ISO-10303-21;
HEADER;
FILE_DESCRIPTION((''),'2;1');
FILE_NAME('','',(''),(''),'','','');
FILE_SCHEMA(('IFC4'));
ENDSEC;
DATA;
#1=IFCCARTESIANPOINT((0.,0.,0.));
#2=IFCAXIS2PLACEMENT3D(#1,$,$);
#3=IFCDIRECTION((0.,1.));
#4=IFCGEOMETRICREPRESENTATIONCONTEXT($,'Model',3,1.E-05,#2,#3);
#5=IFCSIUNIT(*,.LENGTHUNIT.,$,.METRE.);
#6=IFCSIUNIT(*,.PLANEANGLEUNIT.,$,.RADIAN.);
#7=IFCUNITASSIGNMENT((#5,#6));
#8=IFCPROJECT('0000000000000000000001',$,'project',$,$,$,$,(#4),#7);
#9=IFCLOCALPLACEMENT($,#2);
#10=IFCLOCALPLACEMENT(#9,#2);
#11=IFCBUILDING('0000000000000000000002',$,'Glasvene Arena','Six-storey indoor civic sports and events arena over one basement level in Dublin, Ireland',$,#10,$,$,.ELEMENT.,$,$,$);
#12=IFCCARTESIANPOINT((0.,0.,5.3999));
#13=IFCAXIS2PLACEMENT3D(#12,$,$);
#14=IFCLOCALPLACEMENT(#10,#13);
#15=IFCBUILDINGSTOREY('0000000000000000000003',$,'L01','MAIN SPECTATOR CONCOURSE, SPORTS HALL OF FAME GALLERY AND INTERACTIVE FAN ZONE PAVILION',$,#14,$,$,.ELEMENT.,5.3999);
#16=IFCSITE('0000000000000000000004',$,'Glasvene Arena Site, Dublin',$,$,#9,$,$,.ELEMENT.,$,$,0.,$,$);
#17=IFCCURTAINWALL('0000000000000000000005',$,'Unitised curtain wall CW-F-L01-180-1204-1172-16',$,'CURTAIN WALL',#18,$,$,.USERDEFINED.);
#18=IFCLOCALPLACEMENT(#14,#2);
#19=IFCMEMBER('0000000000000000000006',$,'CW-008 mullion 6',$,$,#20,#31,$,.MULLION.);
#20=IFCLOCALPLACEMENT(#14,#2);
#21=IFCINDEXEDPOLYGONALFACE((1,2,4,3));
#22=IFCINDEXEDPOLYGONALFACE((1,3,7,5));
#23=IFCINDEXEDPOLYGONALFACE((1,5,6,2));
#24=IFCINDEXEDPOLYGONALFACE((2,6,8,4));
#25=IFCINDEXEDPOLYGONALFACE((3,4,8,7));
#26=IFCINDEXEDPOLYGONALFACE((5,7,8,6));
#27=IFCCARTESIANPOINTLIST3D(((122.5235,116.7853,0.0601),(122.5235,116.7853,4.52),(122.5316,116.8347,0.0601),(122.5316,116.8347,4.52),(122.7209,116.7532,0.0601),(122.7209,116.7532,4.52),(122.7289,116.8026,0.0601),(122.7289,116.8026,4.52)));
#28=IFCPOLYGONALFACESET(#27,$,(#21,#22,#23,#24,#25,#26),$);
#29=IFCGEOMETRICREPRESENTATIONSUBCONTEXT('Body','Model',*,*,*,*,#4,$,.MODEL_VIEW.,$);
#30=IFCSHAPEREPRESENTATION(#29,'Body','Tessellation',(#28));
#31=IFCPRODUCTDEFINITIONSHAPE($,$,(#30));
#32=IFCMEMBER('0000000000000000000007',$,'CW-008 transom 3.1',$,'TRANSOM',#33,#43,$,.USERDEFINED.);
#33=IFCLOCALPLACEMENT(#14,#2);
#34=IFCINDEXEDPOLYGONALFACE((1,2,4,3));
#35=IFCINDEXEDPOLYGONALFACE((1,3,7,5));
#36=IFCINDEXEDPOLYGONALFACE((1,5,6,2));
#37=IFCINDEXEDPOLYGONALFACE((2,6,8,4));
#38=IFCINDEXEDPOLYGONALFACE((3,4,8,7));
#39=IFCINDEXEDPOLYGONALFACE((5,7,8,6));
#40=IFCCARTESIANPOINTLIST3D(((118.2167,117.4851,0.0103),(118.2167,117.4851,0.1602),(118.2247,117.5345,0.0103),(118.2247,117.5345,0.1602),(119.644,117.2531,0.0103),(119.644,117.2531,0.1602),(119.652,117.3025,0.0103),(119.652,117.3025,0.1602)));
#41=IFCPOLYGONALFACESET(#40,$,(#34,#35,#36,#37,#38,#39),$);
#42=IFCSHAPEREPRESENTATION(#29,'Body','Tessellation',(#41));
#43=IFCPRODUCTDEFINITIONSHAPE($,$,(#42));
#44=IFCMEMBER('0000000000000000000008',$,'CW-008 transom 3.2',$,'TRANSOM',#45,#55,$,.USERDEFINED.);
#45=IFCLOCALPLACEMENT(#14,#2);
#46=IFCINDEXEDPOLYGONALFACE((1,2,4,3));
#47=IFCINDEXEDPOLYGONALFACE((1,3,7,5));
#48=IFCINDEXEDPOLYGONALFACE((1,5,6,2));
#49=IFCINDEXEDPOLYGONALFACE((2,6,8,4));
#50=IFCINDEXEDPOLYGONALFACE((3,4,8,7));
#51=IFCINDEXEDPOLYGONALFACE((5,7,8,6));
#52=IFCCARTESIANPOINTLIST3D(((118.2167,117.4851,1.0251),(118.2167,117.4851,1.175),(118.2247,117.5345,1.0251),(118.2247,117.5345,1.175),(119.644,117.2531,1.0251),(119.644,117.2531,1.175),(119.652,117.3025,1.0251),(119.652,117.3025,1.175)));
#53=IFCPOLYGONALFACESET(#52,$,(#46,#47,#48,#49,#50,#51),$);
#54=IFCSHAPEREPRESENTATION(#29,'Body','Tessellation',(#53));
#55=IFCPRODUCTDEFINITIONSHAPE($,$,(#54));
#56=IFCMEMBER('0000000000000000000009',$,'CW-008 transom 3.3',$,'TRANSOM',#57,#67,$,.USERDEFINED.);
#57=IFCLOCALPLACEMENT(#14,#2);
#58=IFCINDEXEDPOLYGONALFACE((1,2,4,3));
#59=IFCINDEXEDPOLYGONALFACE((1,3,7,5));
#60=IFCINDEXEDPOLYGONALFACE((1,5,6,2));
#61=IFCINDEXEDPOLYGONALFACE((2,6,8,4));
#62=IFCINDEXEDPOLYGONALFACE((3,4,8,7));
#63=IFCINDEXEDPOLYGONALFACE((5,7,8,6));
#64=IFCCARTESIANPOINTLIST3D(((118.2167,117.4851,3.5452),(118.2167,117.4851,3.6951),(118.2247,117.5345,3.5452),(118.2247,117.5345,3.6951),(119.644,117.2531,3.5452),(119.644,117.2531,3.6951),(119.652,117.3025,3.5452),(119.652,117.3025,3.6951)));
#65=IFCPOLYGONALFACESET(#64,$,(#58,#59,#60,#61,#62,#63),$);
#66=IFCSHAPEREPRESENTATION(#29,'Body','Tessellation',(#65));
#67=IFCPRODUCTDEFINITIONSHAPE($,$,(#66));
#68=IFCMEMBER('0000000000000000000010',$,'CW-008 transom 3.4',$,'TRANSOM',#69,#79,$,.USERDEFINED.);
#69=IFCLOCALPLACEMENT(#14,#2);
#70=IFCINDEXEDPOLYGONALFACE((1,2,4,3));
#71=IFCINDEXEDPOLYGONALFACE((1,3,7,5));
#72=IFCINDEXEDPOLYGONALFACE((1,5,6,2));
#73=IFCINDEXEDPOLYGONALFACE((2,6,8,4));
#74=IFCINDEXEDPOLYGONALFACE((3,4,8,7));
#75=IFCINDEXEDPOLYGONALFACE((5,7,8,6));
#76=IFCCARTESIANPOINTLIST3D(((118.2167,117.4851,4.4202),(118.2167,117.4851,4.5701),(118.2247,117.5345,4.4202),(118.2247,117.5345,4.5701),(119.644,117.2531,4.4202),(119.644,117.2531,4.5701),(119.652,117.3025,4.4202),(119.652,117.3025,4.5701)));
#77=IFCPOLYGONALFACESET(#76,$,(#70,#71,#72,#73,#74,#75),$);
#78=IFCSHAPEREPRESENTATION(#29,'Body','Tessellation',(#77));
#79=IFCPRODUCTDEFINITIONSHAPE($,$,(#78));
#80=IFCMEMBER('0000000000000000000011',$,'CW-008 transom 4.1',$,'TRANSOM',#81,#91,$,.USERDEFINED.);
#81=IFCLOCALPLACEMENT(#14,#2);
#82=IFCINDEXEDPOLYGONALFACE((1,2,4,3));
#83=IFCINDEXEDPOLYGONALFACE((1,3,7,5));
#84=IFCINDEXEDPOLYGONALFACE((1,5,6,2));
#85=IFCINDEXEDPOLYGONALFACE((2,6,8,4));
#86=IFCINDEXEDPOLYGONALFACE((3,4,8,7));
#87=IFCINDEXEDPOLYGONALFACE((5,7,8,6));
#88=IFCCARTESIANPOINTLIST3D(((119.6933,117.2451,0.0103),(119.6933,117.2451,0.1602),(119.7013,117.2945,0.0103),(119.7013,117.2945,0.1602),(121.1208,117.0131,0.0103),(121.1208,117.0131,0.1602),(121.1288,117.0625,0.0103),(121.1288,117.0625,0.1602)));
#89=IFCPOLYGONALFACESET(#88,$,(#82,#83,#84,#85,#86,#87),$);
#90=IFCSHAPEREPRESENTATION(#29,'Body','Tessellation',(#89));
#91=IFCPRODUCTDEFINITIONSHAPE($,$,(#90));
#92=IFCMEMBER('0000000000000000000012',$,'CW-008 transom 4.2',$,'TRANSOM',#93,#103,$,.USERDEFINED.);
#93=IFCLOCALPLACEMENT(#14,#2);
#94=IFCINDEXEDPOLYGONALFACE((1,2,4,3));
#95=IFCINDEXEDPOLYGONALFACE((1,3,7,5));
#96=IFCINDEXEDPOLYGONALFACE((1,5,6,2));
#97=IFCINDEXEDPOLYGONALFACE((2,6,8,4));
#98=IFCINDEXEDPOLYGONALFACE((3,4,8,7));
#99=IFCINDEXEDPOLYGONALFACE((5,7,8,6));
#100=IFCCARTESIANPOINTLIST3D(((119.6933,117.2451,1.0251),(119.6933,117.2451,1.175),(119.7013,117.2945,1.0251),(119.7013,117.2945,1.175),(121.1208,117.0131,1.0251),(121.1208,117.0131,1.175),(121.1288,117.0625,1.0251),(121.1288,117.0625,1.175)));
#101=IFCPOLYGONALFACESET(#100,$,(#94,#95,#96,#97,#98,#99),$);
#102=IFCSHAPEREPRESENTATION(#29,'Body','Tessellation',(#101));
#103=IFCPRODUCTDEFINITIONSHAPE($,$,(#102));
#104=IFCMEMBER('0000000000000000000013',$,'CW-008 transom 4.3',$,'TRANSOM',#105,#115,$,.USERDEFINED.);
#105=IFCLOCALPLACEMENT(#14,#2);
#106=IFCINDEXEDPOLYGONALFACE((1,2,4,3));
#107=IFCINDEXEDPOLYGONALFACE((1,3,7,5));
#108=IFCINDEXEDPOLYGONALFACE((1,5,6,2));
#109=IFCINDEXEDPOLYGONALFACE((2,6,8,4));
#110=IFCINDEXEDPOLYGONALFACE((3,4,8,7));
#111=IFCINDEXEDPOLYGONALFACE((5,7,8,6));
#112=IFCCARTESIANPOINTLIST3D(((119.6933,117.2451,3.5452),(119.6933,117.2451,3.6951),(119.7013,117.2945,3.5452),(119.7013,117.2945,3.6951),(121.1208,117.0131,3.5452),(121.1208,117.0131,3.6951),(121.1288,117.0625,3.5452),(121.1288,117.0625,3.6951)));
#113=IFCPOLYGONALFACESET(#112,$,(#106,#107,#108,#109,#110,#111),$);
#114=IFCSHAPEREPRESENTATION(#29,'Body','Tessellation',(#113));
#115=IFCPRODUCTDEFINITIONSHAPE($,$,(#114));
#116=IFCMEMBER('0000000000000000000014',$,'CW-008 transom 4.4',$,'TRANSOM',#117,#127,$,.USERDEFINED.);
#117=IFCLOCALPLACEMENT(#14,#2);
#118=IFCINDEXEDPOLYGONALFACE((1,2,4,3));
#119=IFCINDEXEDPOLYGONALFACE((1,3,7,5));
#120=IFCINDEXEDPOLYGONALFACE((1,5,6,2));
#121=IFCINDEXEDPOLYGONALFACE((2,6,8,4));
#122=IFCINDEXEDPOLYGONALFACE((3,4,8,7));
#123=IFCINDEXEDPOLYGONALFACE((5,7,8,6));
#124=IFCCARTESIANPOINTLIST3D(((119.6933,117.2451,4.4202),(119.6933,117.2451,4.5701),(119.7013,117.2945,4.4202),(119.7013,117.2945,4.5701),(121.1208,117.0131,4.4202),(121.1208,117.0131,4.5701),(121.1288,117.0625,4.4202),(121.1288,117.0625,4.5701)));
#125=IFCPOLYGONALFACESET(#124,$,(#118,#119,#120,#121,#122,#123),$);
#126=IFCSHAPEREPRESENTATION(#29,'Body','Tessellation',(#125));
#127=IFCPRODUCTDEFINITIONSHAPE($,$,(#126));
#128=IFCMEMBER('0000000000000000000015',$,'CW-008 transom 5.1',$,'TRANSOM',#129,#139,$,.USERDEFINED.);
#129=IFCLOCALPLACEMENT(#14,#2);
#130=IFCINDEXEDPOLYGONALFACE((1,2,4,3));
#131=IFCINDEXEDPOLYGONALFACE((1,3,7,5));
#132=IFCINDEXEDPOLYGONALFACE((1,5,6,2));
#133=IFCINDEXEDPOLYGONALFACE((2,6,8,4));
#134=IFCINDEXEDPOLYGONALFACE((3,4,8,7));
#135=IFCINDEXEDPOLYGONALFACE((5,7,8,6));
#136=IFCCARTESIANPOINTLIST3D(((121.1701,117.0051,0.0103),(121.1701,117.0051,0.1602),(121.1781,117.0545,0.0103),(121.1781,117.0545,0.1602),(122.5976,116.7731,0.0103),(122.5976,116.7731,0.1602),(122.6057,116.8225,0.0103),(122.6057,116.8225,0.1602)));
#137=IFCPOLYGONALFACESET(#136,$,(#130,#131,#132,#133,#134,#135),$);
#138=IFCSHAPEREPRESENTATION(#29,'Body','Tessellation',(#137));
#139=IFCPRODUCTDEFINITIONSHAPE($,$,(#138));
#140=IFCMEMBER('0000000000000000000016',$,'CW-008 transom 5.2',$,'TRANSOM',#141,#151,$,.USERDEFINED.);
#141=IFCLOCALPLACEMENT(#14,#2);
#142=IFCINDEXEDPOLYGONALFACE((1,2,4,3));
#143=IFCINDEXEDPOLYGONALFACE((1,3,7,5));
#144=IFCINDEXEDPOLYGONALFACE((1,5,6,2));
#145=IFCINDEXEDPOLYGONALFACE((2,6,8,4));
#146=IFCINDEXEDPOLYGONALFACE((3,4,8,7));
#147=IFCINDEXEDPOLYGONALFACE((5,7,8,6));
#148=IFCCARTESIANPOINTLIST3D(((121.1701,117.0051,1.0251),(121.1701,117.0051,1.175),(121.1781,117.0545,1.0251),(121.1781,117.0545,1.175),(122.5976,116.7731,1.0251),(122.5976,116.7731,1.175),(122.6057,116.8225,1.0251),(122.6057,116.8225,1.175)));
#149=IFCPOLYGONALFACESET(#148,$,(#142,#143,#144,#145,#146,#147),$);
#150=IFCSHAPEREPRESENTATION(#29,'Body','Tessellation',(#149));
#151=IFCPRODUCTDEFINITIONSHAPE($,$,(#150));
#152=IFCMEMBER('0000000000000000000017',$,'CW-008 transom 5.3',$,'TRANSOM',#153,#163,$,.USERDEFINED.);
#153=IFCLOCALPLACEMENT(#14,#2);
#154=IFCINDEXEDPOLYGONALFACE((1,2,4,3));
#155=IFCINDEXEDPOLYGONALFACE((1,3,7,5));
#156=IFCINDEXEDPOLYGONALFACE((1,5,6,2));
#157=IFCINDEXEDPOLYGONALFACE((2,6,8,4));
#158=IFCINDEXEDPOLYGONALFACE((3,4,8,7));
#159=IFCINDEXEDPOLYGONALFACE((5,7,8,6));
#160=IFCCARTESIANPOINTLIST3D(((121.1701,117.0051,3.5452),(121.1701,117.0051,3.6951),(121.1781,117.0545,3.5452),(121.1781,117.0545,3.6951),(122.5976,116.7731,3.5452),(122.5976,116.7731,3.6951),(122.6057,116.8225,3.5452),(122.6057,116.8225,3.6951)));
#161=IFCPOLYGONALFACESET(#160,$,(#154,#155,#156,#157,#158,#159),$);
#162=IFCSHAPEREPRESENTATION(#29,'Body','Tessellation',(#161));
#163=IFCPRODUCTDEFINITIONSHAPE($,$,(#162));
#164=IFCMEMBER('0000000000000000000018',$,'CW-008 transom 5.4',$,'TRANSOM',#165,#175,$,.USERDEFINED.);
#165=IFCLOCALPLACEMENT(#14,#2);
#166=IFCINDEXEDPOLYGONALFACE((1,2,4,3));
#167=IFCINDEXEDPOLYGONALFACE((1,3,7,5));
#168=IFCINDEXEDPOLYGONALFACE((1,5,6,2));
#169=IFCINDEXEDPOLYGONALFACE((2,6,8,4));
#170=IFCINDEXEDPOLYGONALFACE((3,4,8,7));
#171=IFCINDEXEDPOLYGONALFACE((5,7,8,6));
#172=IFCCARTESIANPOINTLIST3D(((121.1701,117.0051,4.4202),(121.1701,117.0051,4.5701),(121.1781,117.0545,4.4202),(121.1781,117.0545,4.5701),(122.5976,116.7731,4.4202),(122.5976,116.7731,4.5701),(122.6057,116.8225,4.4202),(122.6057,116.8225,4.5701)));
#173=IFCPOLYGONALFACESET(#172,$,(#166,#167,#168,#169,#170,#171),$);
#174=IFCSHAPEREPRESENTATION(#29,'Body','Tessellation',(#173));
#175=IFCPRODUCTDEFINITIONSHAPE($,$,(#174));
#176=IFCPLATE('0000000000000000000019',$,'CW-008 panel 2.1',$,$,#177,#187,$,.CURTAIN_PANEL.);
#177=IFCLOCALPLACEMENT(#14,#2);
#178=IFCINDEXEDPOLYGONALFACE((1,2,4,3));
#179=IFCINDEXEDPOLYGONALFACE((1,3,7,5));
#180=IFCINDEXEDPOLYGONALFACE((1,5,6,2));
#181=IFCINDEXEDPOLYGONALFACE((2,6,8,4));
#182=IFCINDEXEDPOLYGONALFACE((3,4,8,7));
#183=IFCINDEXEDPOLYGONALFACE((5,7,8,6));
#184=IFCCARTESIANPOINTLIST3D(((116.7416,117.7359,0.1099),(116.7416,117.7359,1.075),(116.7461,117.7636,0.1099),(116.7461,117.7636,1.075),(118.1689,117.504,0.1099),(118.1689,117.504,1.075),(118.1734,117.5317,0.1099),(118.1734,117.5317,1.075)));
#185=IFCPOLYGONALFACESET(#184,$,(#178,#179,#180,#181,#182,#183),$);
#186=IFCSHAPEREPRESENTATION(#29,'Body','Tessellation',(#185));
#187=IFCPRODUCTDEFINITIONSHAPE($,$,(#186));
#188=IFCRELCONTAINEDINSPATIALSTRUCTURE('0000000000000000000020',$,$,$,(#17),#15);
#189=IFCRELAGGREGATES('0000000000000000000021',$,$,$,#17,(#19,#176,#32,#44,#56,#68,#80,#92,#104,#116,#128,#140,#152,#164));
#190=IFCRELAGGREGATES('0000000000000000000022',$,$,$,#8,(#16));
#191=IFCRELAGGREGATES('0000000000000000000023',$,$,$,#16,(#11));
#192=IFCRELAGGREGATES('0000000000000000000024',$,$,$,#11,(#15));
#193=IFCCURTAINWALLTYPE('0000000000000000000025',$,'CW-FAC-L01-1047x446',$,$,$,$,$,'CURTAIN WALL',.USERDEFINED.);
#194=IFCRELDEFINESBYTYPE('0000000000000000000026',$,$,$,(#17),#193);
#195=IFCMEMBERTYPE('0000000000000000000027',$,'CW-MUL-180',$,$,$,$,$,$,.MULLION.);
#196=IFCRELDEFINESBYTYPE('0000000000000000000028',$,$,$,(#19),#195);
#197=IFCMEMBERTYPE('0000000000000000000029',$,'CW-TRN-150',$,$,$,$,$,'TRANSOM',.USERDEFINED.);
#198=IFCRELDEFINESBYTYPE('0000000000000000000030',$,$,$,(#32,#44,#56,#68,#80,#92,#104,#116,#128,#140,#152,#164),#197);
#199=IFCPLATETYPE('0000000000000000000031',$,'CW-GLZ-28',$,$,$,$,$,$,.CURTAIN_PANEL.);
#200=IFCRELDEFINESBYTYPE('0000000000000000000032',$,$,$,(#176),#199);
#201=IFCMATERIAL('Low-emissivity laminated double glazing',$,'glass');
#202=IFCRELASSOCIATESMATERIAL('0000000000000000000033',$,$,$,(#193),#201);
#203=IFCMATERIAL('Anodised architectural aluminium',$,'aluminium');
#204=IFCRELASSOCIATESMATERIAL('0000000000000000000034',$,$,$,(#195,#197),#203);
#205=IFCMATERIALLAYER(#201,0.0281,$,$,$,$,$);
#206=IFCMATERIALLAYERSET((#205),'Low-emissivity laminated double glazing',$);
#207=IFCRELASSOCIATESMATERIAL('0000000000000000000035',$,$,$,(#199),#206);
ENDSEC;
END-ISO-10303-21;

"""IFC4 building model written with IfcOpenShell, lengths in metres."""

from ifc_helpers import new_model, si_unit, direction, frame, origin, origin_2d, place, context, subcontext, project, spatial, rectangle, extrude, material, layer, layer_set, material_profile, profile_set, type_object, element, aggregate, save


model = new_model("IFC4")

# Units and contexts
model_context = context("Model", 3, precision=1e-05, world=origin(), true_north=direction((0.0, 1.0)))
body_context = subcontext(model_context, "Body", "Model", "MODEL_VIEW")
ifc_project = project(units=[si_unit("LENGTHUNIT", "METRE"), si_unit("PLANEANGLEUNIT", "RADIAN")], contexts=[model_context])

# Site, building, storey
site_placement = place(None, origin())
site = spatial("IfcSite", under=ifc_project, at=site_placement, Name="Glasvene Arena Site, Dublin", CompositionType="ELEMENT", RefElevation=0.0)
building_placement = place(site_placement, origin())
building = spatial("IfcBuilding", under=site, at=building_placement, Name="Glasvene Arena", Description="Six-storey indoor civic sports and events arena over one basement level in Dublin, Ireland", CompositionType="ELEMENT")
storey_placement = place(building_placement, frame((0.0, 0.0, 5.3999)))
storey = spatial("IfcBuildingStorey", under=building, at=storey_placement, Name="L01", Description="MAIN SPECTATOR CONCOURSE, SPORTS HALL OF FAME GALLERY AND INTERACTIVE FAN ZONE PAVILION", CompositionType="ELEMENT", Elevation=5.3999)

# Curtain wall, members, plate
ifc_material_1 = material(Name="Low-emissivity laminated double glazing", Category="glass")
curtain_wall_type = type_object("IfcCurtainWallType", Name="CW-FAC-L01-1047x446", ElementType="CURTAIN WALL", PredefinedType="USERDEFINED", material=ifc_material_1)
curtain_wall_placement = place(storey_placement, frame((115.2424, 117.9937, 0.0)))
curtain_wall = element("IfcCurtainWall", 1, at=curtain_wall_placement, inside=storey, type_object=curtain_wall_type, Name="Unitised curtain wall CW-F-L01-180-1204-1172-16", ObjectType="CURTAIN WALL", PredefinedType="USERDEFINED")
ifc_material_2 = material(Name="Anodised architectural aluminium", Category="aluminium")
ifc_material_profile_1 = material_profile(ifc_material_2, rectangle(XDim=0.05, YDim=0.2, at=origin_2d()), Name="ALU MULLION 50x200")
ifc_profile_set_1 = profile_set([ifc_material_profile_1], Name="Anodised architectural aluminium")
member_type_1 = type_object("IfcMemberType", Name="CW-MUL-180", PredefinedType="MULLION", material=ifc_profile_set_1)
member_1_placement = place(storey_placement, frame((122.6262, 116.7939, 0.0601), z_axis=(0.0, 0.0, 1.0), x_axis=(0.160367, 0.987057, 0.0)))
member_1 = element("IfcMember", 2, at=member_1_placement, type_object=member_type_1, Name="CW-008 mullion 6", PredefinedType="MULLION", context=body_context, shape_type="SweptSolid", body=[
    extrude(rectangle(XDim=0.05, YDim=0.2, at=origin_2d()), origin(), (0.0, 0.0, 1.0), 4.46),
])
ifc_material_profile_2 = material_profile(ifc_material_2, rectangle(XDim=0.05, YDim=0.1499, at=origin_2d()), Name="ALU TRANSOM 50x150")
ifc_profile_set_2 = profile_set([ifc_material_profile_2], Name="Anodised architectural aluminium")
member_type_2 = type_object("IfcMemberType", Name="CW-TRN-150", ElementType="TRANSOM", PredefinedType="USERDEFINED", material=ifc_profile_set_2)
member_2_placement = place(storey_placement, frame((118.2207, 117.5098, 0.0852), z_axis=(0.987052, -0.1604, 0.0), x_axis=(0.1604, 0.987052, 0.0)))
member_2 = element("IfcMember", 3, at=member_2_placement, type_object=member_type_2, Name="CW-008 transom 3.1", ObjectType="TRANSOM", PredefinedType="USERDEFINED", context=body_context, shape_type="SweptSolid", body=[
    extrude(rectangle(XDim=0.05, YDim=0.1499, at=origin_2d()), origin(), (0.0, 0.0, 1.0), 1.446),
])
member_3_placement = place(storey_placement, frame((118.2207, 117.5098, 1.1001), z_axis=(0.987052, -0.1604, 0.0), x_axis=(0.1604, 0.987052, 0.0)))
member_3 = element("IfcMember", 4, at=member_3_placement, type_object=member_type_2, Name="CW-008 transom 3.2", ObjectType="TRANSOM", PredefinedType="USERDEFINED", context=body_context, shape_type="SweptSolid", body=[
    extrude(rectangle(XDim=0.05, YDim=0.1499, at=origin_2d()), origin(), (0.0, 0.0, 1.0), 1.446),
])
member_4_placement = place(storey_placement, frame((118.2207, 117.5098, 3.6201), z_axis=(0.987052, -0.1604, 0.0), x_axis=(0.1604, 0.987052, 0.0)))
member_4 = element("IfcMember", 5, at=member_4_placement, type_object=member_type_2, Name="CW-008 transom 3.3", ObjectType="TRANSOM", PredefinedType="USERDEFINED", context=body_context, shape_type="SweptSolid", body=[
    extrude(rectangle(XDim=0.05, YDim=0.1499, at=origin_2d()), origin(), (0.0, 0.0, 1.0), 1.446),
])
member_5_placement = place(storey_placement, frame((118.2207, 117.5098, 4.4951), z_axis=(0.987052, -0.1604, 0.0), x_axis=(0.1604, 0.987052, 0.0)))
member_5 = element("IfcMember", 6, at=member_5_placement, type_object=member_type_2, Name="CW-008 transom 3.4", ObjectType="TRANSOM", PredefinedType="USERDEFINED", context=body_context, shape_type="SweptSolid", body=[
    extrude(rectangle(XDim=0.05, YDim=0.1499, at=origin_2d()), origin(), (0.0, 0.0, 1.0), 1.446),
])
member_6_placement = place(storey_placement, frame((119.6973, 117.2698, 0.0852), z_axis=(0.987056, -0.160373, 0.0), x_axis=(0.160373, 0.987056, 0.0)))
member_6 = element("IfcMember", 7, at=member_6_placement, type_object=member_type_2, Name="CW-008 transom 4.1", ObjectType="TRANSOM", PredefinedType="USERDEFINED", context=body_context, shape_type="SweptSolid", body=[
    extrude(rectangle(XDim=0.05, YDim=0.1499, at=origin_2d()), origin(), (0.0, 0.0, 1.0), 1.4463),
])
member_7_placement = place(storey_placement, frame((119.6973, 117.2698, 1.1001), z_axis=(0.987056, -0.160373, 0.0), x_axis=(0.160373, 0.987056, 0.0)))
member_7 = element("IfcMember", 8, at=member_7_placement, type_object=member_type_2, Name="CW-008 transom 4.2", ObjectType="TRANSOM", PredefinedType="USERDEFINED", context=body_context, shape_type="SweptSolid", body=[
    extrude(rectangle(XDim=0.05, YDim=0.1499, at=origin_2d()), origin(), (0.0, 0.0, 1.0), 1.4463),
])
member_8_placement = place(storey_placement, frame((119.6973, 117.2698, 3.6201), z_axis=(0.987056, -0.160373, 0.0), x_axis=(0.160373, 0.987056, 0.0)))
member_8 = element("IfcMember", 9, at=member_8_placement, type_object=member_type_2, Name="CW-008 transom 4.3", ObjectType="TRANSOM", PredefinedType="USERDEFINED", context=body_context, shape_type="SweptSolid", body=[
    extrude(rectangle(XDim=0.05, YDim=0.1499, at=origin_2d()), origin(), (0.0, 0.0, 1.0), 1.4463),
])
member_9_placement = place(storey_placement, frame((119.6973, 117.2698, 4.4951), z_axis=(0.987056, -0.160373, 0.0), x_axis=(0.160373, 0.987056, 0.0)))
member_9 = element("IfcMember", 10, at=member_9_placement, type_object=member_type_2, Name="CW-008 transom 4.4", ObjectType="TRANSOM", PredefinedType="USERDEFINED", context=body_context, shape_type="SweptSolid", body=[
    extrude(rectangle(XDim=0.05, YDim=0.1499, at=origin_2d()), origin(), (0.0, 0.0, 1.0), 1.4463),
])
member_10_placement = place(storey_placement, frame((121.1741, 117.0298, 0.0852), z_axis=(0.987056, -0.160373, 0.0), x_axis=(0.160373, 0.987056, 0.0)))
member_10 = element("IfcMember", 11, at=member_10_placement, type_object=member_type_2, Name="CW-008 transom 5.1", ObjectType="TRANSOM", PredefinedType="USERDEFINED", context=body_context, shape_type="SweptSolid", body=[
    extrude(rectangle(XDim=0.05, YDim=0.1499, at=origin_2d()), origin(), (0.0, 0.0, 1.0), 1.4463),
])
member_11_placement = place(storey_placement, frame((121.1741, 117.0298, 1.1001), z_axis=(0.987056, -0.160373, 0.0), x_axis=(0.160373, 0.987056, 0.0)))
member_11 = element("IfcMember", 12, at=member_11_placement, type_object=member_type_2, Name="CW-008 transom 5.2", ObjectType="TRANSOM", PredefinedType="USERDEFINED", context=body_context, shape_type="SweptSolid", body=[
    extrude(rectangle(XDim=0.05, YDim=0.1499, at=origin_2d()), origin(), (0.0, 0.0, 1.0), 1.4463),
])
member_12_placement = place(storey_placement, frame((121.1741, 117.0298, 3.6201), z_axis=(0.987056, -0.160373, 0.0), x_axis=(0.160373, 0.987056, 0.0)))
member_12 = element("IfcMember", 13, at=member_12_placement, type_object=member_type_2, Name="CW-008 transom 5.3", ObjectType="TRANSOM", PredefinedType="USERDEFINED", context=body_context, shape_type="SweptSolid", body=[
    extrude(rectangle(XDim=0.05, YDim=0.1499, at=origin_2d()), origin(), (0.0, 0.0, 1.0), 1.4463),
])
member_13_placement = place(storey_placement, frame((121.1741, 117.0298, 4.4951), z_axis=(0.987056, -0.160373, 0.0), x_axis=(0.160373, 0.987056, 0.0)))
member_13 = element("IfcMember", 14, at=member_13_placement, type_object=member_type_2, Name="CW-008 transom 5.4", ObjectType="TRANSOM", PredefinedType="USERDEFINED", context=body_context, shape_type="SweptSolid", body=[
    extrude(rectangle(XDim=0.05, YDim=0.1499, at=origin_2d()), origin(), (0.0, 0.0, 1.0), 1.4463),
])
ifc_layer = layer(ifc_material_1, 0.0281)
ifc_layer_set = layer_set([ifc_layer], Name="Low-emissivity laminated double glazing")
plate_type = type_object("IfcPlateType", Name="CW-GLZ-28", PredefinedType="CURTAIN_PANEL", material=ifc_layer_set)
plate_1_placement = place(storey_placement, frame((117.4575, 117.6338, 0.1099), z_axis=(0.0, 0.0, 1.0), x_axis=(0.987057, -0.160367, 0.0)))
plate_1 = element("IfcPlate", 15, at=plate_1_placement, type_object=plate_type, Name="CW-008 panel 2.1", PredefinedType="CURTAIN_PANEL", context=body_context, shape_type="SweptSolid", body=[
    extrude(rectangle(XDim=1.446, YDim=0.0281, at=origin_2d()), origin(), (0.0, 0.0, 1.0), 0.9651),
])
aggregate(curtain_wall, [member_1, plate_1, member_2, member_3, member_4, member_5, member_6, member_7, member_8, member_9, member_10, member_11, member_12, member_13])

save(model, "model.ifc")
